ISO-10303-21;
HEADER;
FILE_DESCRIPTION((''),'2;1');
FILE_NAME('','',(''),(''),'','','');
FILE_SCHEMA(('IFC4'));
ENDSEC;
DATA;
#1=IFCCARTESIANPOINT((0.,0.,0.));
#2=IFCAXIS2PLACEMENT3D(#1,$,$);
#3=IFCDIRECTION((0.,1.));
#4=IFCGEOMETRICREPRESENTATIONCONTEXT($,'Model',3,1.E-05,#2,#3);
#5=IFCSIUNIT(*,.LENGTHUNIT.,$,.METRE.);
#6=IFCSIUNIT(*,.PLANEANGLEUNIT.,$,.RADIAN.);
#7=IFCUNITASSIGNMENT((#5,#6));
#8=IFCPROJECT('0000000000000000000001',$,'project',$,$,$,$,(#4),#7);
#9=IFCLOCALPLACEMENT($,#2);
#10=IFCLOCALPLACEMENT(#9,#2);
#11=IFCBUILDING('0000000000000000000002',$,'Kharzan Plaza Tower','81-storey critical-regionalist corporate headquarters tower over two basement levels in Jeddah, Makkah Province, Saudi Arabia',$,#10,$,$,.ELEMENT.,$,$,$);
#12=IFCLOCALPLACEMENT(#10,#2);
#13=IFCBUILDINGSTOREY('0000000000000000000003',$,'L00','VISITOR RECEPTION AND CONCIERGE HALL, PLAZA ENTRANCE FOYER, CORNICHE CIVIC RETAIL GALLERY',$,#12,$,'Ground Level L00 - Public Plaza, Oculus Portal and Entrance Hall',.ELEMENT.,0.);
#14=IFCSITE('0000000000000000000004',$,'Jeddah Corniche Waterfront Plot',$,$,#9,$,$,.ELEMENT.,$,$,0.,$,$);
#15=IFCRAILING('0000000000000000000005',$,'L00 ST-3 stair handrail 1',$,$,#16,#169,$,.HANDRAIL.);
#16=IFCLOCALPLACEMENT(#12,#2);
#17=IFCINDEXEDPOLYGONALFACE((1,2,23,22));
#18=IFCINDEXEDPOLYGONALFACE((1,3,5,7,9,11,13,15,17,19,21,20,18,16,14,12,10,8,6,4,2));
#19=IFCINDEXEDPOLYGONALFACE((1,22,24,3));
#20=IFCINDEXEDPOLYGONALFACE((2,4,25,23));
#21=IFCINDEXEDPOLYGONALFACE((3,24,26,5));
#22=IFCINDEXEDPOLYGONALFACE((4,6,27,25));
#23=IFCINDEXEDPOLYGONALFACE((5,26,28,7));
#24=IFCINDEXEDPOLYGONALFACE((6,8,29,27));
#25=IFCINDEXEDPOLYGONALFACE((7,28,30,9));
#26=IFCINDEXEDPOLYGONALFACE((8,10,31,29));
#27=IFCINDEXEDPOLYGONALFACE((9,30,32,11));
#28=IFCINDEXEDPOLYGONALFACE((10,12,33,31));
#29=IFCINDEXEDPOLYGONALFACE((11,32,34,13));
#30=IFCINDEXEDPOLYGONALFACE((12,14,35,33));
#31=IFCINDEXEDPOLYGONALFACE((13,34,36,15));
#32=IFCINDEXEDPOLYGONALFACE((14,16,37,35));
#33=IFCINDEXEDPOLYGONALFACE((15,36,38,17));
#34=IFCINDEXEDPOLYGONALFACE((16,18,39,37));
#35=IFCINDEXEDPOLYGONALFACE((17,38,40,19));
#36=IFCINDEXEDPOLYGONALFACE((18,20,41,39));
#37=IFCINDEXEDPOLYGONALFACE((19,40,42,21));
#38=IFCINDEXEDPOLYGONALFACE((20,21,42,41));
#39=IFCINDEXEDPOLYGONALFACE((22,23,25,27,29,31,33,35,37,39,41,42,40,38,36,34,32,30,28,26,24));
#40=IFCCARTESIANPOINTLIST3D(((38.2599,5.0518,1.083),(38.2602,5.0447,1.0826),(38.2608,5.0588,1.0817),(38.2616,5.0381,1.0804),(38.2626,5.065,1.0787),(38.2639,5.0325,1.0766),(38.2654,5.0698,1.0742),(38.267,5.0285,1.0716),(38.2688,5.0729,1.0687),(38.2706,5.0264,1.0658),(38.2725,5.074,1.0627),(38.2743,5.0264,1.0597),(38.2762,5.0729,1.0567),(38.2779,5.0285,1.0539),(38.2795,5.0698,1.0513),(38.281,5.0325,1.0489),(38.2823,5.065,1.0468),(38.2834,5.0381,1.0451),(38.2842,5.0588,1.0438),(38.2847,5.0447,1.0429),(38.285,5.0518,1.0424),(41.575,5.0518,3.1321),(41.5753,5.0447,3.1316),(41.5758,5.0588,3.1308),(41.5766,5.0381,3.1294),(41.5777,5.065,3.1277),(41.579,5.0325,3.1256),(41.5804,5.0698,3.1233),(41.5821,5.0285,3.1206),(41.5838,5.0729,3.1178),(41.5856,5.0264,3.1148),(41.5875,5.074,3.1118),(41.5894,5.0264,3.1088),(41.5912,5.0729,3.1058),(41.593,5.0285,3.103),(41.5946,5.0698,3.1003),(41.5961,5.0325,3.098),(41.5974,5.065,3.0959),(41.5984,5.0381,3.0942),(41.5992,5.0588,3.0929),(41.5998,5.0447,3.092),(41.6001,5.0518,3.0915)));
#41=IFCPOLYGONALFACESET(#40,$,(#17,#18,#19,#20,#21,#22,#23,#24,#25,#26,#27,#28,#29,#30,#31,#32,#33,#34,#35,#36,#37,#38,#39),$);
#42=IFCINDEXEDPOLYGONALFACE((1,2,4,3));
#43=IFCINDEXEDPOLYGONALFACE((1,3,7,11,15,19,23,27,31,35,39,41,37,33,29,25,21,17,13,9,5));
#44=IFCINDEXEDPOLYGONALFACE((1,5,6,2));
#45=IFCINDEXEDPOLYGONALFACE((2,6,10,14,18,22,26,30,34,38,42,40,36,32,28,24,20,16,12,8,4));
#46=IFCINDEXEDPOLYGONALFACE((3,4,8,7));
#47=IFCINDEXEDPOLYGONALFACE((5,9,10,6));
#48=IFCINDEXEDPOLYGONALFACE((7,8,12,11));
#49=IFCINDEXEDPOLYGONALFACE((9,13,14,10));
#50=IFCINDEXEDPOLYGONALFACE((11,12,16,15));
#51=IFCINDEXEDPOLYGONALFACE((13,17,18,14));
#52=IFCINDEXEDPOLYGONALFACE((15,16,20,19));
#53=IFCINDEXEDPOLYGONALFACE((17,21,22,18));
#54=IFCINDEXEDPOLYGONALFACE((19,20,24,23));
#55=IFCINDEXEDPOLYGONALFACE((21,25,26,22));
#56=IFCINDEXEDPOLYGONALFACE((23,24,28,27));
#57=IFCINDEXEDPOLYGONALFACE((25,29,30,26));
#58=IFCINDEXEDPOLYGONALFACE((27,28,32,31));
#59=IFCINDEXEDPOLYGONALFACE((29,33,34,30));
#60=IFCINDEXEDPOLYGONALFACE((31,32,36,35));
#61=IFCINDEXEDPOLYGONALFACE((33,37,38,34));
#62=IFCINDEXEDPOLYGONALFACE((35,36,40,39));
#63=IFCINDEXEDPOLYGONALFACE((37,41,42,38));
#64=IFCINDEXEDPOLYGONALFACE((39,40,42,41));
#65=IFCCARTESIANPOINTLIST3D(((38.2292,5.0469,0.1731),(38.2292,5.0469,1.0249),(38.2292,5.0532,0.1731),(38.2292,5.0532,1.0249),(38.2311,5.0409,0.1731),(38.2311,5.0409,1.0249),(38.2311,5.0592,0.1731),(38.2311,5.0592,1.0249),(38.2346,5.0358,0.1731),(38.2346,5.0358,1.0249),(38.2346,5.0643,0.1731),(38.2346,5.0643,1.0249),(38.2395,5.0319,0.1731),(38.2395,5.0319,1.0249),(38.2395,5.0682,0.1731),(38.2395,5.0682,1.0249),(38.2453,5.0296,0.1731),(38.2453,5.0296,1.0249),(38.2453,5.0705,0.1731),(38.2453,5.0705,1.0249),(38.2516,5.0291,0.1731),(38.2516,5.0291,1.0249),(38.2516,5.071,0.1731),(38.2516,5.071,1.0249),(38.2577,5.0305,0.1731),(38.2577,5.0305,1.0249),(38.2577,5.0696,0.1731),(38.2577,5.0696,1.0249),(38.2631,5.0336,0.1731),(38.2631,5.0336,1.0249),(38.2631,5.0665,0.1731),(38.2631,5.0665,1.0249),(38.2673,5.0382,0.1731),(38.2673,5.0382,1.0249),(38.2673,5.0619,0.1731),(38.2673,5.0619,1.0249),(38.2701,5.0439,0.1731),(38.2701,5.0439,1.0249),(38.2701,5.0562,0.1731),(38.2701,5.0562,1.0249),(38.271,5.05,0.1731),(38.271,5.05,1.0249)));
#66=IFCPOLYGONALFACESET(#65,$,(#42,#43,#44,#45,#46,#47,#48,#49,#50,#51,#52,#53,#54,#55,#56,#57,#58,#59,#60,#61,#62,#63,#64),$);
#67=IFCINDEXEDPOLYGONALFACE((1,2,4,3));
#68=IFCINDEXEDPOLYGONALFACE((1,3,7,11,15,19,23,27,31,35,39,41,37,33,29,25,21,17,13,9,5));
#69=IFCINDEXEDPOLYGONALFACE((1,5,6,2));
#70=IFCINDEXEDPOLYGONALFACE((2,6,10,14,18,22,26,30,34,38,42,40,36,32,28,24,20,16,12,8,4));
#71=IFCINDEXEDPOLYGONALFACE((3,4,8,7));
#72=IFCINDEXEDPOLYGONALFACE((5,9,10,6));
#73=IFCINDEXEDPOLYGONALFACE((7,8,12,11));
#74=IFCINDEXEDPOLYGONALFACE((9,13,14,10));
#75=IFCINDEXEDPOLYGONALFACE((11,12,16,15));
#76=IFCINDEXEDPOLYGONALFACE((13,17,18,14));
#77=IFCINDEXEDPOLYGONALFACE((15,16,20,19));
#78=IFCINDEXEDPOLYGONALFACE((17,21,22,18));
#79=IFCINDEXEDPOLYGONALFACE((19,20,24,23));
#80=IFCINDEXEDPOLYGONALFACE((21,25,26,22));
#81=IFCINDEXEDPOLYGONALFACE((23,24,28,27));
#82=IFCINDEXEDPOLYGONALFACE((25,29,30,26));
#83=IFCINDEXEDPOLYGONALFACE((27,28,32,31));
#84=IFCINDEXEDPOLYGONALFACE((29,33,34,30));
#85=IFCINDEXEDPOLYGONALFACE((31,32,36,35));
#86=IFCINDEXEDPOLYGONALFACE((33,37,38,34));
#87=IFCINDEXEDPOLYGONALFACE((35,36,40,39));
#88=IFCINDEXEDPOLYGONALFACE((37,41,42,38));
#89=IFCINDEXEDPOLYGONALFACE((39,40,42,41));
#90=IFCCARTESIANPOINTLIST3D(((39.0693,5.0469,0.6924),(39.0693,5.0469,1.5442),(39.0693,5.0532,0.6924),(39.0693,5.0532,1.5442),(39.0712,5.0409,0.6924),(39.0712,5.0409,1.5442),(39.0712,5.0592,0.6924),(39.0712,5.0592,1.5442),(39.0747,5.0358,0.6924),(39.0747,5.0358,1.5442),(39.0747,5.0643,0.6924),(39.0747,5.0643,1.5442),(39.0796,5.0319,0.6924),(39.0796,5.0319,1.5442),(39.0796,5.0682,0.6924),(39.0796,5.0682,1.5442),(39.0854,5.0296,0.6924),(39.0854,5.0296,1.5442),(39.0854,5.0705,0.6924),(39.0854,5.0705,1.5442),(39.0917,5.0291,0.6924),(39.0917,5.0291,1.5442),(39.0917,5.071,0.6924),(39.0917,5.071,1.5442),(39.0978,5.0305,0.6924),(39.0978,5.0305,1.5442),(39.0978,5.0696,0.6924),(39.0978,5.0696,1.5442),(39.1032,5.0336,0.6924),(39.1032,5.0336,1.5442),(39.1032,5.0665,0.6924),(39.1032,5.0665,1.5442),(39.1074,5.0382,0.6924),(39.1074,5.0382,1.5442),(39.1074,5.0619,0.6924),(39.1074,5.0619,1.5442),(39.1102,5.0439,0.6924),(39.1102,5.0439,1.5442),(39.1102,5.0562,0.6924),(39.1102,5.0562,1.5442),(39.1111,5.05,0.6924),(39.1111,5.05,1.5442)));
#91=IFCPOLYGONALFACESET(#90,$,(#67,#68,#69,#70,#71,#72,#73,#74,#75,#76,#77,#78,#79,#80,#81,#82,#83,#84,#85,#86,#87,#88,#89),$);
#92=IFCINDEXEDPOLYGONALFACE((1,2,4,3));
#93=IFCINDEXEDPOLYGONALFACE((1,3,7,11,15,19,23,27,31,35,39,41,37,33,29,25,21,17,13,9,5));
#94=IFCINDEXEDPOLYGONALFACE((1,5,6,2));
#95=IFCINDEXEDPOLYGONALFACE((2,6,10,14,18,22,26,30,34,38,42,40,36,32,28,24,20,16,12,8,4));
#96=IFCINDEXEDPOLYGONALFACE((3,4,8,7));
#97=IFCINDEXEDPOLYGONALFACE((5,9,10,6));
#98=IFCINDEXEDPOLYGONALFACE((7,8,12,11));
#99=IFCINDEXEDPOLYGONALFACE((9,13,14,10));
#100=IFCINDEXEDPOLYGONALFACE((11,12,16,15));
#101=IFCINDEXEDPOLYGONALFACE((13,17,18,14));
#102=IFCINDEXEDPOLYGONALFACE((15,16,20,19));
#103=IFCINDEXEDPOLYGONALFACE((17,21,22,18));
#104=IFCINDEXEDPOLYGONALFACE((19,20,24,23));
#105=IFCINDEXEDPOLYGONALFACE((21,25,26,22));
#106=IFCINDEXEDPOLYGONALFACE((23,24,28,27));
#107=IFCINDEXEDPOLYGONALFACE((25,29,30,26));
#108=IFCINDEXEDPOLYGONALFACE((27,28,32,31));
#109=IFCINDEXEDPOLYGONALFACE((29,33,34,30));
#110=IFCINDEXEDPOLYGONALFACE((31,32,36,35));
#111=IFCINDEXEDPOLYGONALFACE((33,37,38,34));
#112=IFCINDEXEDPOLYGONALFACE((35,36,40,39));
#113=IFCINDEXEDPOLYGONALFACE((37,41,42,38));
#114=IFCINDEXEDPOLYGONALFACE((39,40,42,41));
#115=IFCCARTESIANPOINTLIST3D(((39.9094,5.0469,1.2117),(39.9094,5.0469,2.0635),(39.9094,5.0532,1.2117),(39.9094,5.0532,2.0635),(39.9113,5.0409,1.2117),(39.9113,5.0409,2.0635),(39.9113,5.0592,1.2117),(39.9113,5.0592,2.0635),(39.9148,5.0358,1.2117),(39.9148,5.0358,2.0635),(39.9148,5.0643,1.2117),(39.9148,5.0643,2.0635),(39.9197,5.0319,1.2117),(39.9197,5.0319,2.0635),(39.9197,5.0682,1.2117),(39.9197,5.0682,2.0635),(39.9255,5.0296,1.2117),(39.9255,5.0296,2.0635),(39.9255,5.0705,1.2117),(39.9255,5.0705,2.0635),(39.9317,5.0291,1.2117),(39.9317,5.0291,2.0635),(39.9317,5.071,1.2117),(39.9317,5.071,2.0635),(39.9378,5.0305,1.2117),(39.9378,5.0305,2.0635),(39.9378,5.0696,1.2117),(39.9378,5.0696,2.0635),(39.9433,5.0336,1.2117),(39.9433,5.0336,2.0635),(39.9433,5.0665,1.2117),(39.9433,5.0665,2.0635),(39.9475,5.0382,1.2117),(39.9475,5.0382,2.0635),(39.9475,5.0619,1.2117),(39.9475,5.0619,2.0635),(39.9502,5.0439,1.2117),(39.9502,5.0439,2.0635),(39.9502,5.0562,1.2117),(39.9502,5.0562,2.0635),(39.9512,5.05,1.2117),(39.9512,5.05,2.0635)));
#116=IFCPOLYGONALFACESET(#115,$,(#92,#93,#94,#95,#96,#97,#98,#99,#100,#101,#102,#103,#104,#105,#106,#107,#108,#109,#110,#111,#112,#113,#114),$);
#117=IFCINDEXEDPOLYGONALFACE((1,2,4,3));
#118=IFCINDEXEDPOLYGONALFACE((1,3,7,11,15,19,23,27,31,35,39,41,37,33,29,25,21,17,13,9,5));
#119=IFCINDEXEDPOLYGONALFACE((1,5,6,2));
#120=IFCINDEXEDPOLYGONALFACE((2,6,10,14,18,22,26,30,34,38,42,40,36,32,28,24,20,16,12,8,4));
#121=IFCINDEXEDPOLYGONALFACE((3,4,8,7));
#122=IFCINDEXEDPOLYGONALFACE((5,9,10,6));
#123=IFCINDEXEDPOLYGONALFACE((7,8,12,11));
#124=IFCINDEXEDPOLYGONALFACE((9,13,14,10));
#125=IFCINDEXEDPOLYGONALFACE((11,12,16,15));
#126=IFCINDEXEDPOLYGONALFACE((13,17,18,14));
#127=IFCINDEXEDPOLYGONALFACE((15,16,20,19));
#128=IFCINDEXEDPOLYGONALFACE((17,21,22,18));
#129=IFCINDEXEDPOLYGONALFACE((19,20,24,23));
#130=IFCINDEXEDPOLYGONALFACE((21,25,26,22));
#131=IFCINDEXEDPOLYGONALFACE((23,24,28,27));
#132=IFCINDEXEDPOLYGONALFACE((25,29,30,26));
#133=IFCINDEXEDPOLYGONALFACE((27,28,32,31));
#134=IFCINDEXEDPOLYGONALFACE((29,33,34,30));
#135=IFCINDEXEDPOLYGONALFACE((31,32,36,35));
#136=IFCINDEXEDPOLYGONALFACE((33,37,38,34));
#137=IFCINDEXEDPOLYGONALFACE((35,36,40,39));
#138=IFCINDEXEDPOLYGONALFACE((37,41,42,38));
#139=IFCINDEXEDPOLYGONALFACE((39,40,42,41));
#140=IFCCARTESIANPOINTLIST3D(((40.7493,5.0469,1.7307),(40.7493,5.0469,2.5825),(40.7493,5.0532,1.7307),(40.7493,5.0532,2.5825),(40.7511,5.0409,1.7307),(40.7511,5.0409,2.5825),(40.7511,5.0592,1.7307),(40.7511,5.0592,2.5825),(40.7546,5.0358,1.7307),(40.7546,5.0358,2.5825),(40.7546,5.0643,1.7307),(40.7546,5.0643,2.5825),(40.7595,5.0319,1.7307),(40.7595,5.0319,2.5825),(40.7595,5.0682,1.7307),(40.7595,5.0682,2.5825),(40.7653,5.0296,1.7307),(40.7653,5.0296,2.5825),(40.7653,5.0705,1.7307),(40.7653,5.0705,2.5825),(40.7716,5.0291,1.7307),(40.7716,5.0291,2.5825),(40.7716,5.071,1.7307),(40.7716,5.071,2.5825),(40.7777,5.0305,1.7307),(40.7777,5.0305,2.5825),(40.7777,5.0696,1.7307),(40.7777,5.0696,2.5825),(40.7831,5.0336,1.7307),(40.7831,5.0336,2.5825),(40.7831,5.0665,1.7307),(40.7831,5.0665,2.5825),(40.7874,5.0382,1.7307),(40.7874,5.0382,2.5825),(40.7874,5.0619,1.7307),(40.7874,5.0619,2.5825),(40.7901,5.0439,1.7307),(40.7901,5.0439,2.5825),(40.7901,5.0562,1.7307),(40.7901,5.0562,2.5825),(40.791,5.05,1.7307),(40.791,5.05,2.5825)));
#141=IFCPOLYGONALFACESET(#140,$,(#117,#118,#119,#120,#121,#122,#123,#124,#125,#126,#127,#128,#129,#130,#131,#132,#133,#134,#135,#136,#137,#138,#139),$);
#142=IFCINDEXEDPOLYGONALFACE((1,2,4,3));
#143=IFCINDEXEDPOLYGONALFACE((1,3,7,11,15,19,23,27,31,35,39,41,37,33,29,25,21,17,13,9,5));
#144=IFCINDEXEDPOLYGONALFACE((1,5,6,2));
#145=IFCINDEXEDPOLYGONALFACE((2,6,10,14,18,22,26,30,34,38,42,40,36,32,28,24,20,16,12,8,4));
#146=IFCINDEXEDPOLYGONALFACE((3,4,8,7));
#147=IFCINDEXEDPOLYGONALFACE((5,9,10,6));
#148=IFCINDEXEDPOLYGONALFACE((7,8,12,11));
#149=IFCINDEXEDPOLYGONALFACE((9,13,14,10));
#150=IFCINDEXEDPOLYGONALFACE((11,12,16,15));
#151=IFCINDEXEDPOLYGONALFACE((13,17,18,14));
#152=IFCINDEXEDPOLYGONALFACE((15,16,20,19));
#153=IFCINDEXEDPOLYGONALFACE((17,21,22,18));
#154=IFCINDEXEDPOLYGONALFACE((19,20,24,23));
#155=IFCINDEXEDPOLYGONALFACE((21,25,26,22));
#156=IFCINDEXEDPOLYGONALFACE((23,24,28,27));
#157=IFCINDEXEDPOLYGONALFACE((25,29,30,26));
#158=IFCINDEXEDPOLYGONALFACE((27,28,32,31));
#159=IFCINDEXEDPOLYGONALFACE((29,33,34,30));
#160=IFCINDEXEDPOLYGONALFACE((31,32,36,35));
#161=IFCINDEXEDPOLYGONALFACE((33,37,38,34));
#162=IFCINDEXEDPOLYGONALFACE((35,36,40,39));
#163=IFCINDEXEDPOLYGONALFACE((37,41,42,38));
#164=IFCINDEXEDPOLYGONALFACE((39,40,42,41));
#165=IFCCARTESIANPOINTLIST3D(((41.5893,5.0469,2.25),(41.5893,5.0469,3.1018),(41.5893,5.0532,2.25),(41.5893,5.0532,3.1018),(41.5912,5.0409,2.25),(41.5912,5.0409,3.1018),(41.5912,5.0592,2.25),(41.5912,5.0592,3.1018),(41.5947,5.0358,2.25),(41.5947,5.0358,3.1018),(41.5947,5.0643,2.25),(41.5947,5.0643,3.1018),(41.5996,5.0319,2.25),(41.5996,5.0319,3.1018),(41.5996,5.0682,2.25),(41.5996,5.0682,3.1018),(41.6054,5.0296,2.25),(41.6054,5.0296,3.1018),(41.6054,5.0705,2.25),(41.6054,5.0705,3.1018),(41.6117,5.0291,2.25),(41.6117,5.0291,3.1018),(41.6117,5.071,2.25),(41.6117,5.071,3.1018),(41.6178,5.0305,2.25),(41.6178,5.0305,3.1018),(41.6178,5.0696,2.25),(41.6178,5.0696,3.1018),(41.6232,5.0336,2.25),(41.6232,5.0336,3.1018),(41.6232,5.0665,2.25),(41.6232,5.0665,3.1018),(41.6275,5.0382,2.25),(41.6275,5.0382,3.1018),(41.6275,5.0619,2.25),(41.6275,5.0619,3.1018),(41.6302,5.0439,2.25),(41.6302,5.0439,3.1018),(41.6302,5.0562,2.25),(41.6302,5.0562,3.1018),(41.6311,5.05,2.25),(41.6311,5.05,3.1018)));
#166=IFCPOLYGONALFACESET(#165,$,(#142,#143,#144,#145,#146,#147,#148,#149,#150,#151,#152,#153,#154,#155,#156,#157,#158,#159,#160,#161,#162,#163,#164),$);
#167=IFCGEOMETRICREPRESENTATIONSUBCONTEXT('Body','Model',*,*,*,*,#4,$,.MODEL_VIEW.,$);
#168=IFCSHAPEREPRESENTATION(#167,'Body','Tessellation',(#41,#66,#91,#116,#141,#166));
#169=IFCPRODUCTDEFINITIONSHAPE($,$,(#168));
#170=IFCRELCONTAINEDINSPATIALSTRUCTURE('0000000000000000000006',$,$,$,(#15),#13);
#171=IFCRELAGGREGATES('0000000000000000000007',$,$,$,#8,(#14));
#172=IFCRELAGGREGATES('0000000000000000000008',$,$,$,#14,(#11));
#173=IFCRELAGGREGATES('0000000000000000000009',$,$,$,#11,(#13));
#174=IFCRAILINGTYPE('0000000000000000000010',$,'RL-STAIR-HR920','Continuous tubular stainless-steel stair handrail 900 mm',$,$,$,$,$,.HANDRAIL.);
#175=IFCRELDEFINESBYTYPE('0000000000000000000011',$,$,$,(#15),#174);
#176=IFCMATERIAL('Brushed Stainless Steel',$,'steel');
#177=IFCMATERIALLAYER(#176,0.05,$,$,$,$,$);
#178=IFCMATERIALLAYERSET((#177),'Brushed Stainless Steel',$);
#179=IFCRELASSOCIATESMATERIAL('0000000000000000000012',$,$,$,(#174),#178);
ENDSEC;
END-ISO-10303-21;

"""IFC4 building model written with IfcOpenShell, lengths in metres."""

from ifc_helpers import new_model, si_unit, direction, frame, origin, origin_2d, place, context, subcontext, project, spatial, circle, extrude, source, transform, mapped, material, layer, layer_set, type_object, element, save


model = new_model("IFC4")

# Units and contexts
model_context = context("Model", 3, precision=1e-05, world=origin(), true_north=direction((0.0, 1.0)))
body_context = subcontext(model_context, "Body", "Model", "MODEL_VIEW")
ifc_project = project(units=[si_unit("LENGTHUNIT", "METRE"), si_unit("PLANEANGLEUNIT", "RADIAN")], contexts=[model_context])

# Site, building, storey
site_placement = place(None, origin())
site = spatial("IfcSite", under=ifc_project, at=site_placement, Name="Jeddah Corniche Waterfront Plot", CompositionType="ELEMENT", RefElevation=0.0)
building_placement = place(site_placement, origin())
building = spatial("IfcBuilding", under=site, at=building_placement, Name="Kharzan Plaza Tower", Description="81-storey critical-regionalist corporate headquarters tower over two basement levels in Jeddah, Makkah Province, Saudi Arabia", CompositionType="ELEMENT")
storey_placement = place(building_placement, origin())
storey = spatial("IfcBuildingStorey", under=building, at=storey_placement, Name="L00", Description="VISITOR RECEPTION AND CONCIERGE HALL, PLAZA ENTRANCE FOYER, CORNICHE CIVIC RETAIL GALLERY", LongName="Ground Level L00 - Public Plaza, Oculus Portal and Entrance Hall", CompositionType="ELEMENT", Elevation=0.0)

# Shared definitions
ifc_material_1 = material(Name="Brushed Stainless Steel", Category="steel")

# Railing
ifc_layer_1 = layer(ifc_material_1, 0.05)
ifc_layer_set_1 = layer_set([ifc_layer_1], Name="Brushed Stainless Steel")
railing_type_1 = type_object("IfcRailingType", Name="RL-STAIR-HR920", Description="Continuous tubular stainless-steel stair handrail 900 mm", PredefinedType="HANDRAIL", material=ifc_layer_set_1)
shared_shape_1 = source(origin(), body_context, "Body", "SweptSolid", [
    extrude(circle(Radius=0.0239, at=origin_2d()), frame((0.0225, 0.0, 0.8896), z_axis=(0.850623, 0.0, 0.525776), x_axis=(0.0, 1.0, 0.0)), (0.0, 0.0, 1.0), 3.8972),
    extrude(circle(Radius=0.021, at=origin_2d()), origin(), (0.0, 0.0, 1.0), 0.8518),
    extrude(circle(Radius=0.021, at=origin_2d()), frame((0.8401, 0.0, 0.5193)), (0.0, 0.0, 1.0), 0.8518),
    extrude(circle(Radius=0.021, at=origin_2d()), frame((1.6802, 0.0, 1.0386)), (0.0, 0.0, 1.0), 0.8518),
    extrude(circle(Radius=0.021, at=origin_2d()), frame((2.52, 0.0, 1.5576)), (0.0, 0.0, 1.0), 0.8518),
    extrude(circle(Radius=0.021, at=origin_2d()), frame((3.3601, 0.0, 2.0769)), (0.0, 0.0, 1.0), 0.8518),
])
railing_1_placement = place(storey_placement, frame((38.25, 5.05, 0.1731)))
element("IfcRailing", 1, at=railing_1_placement, inside=storey, type_object=railing_type_1, Name="L00 ST-3 stair handrail 1", PredefinedType="HANDRAIL", context=body_context, shape_type="MappedRepresentation", body=[
    mapped(shared_shape_1, transform((0.0, 0.0, 0.0), x_axis=(1.0, 0.0, 0.0), y_axis=(0.0, 1.0, 0.0), z_axis=(0.0, 0.0, 1.0))),
])

save(model, "model.ifc")
